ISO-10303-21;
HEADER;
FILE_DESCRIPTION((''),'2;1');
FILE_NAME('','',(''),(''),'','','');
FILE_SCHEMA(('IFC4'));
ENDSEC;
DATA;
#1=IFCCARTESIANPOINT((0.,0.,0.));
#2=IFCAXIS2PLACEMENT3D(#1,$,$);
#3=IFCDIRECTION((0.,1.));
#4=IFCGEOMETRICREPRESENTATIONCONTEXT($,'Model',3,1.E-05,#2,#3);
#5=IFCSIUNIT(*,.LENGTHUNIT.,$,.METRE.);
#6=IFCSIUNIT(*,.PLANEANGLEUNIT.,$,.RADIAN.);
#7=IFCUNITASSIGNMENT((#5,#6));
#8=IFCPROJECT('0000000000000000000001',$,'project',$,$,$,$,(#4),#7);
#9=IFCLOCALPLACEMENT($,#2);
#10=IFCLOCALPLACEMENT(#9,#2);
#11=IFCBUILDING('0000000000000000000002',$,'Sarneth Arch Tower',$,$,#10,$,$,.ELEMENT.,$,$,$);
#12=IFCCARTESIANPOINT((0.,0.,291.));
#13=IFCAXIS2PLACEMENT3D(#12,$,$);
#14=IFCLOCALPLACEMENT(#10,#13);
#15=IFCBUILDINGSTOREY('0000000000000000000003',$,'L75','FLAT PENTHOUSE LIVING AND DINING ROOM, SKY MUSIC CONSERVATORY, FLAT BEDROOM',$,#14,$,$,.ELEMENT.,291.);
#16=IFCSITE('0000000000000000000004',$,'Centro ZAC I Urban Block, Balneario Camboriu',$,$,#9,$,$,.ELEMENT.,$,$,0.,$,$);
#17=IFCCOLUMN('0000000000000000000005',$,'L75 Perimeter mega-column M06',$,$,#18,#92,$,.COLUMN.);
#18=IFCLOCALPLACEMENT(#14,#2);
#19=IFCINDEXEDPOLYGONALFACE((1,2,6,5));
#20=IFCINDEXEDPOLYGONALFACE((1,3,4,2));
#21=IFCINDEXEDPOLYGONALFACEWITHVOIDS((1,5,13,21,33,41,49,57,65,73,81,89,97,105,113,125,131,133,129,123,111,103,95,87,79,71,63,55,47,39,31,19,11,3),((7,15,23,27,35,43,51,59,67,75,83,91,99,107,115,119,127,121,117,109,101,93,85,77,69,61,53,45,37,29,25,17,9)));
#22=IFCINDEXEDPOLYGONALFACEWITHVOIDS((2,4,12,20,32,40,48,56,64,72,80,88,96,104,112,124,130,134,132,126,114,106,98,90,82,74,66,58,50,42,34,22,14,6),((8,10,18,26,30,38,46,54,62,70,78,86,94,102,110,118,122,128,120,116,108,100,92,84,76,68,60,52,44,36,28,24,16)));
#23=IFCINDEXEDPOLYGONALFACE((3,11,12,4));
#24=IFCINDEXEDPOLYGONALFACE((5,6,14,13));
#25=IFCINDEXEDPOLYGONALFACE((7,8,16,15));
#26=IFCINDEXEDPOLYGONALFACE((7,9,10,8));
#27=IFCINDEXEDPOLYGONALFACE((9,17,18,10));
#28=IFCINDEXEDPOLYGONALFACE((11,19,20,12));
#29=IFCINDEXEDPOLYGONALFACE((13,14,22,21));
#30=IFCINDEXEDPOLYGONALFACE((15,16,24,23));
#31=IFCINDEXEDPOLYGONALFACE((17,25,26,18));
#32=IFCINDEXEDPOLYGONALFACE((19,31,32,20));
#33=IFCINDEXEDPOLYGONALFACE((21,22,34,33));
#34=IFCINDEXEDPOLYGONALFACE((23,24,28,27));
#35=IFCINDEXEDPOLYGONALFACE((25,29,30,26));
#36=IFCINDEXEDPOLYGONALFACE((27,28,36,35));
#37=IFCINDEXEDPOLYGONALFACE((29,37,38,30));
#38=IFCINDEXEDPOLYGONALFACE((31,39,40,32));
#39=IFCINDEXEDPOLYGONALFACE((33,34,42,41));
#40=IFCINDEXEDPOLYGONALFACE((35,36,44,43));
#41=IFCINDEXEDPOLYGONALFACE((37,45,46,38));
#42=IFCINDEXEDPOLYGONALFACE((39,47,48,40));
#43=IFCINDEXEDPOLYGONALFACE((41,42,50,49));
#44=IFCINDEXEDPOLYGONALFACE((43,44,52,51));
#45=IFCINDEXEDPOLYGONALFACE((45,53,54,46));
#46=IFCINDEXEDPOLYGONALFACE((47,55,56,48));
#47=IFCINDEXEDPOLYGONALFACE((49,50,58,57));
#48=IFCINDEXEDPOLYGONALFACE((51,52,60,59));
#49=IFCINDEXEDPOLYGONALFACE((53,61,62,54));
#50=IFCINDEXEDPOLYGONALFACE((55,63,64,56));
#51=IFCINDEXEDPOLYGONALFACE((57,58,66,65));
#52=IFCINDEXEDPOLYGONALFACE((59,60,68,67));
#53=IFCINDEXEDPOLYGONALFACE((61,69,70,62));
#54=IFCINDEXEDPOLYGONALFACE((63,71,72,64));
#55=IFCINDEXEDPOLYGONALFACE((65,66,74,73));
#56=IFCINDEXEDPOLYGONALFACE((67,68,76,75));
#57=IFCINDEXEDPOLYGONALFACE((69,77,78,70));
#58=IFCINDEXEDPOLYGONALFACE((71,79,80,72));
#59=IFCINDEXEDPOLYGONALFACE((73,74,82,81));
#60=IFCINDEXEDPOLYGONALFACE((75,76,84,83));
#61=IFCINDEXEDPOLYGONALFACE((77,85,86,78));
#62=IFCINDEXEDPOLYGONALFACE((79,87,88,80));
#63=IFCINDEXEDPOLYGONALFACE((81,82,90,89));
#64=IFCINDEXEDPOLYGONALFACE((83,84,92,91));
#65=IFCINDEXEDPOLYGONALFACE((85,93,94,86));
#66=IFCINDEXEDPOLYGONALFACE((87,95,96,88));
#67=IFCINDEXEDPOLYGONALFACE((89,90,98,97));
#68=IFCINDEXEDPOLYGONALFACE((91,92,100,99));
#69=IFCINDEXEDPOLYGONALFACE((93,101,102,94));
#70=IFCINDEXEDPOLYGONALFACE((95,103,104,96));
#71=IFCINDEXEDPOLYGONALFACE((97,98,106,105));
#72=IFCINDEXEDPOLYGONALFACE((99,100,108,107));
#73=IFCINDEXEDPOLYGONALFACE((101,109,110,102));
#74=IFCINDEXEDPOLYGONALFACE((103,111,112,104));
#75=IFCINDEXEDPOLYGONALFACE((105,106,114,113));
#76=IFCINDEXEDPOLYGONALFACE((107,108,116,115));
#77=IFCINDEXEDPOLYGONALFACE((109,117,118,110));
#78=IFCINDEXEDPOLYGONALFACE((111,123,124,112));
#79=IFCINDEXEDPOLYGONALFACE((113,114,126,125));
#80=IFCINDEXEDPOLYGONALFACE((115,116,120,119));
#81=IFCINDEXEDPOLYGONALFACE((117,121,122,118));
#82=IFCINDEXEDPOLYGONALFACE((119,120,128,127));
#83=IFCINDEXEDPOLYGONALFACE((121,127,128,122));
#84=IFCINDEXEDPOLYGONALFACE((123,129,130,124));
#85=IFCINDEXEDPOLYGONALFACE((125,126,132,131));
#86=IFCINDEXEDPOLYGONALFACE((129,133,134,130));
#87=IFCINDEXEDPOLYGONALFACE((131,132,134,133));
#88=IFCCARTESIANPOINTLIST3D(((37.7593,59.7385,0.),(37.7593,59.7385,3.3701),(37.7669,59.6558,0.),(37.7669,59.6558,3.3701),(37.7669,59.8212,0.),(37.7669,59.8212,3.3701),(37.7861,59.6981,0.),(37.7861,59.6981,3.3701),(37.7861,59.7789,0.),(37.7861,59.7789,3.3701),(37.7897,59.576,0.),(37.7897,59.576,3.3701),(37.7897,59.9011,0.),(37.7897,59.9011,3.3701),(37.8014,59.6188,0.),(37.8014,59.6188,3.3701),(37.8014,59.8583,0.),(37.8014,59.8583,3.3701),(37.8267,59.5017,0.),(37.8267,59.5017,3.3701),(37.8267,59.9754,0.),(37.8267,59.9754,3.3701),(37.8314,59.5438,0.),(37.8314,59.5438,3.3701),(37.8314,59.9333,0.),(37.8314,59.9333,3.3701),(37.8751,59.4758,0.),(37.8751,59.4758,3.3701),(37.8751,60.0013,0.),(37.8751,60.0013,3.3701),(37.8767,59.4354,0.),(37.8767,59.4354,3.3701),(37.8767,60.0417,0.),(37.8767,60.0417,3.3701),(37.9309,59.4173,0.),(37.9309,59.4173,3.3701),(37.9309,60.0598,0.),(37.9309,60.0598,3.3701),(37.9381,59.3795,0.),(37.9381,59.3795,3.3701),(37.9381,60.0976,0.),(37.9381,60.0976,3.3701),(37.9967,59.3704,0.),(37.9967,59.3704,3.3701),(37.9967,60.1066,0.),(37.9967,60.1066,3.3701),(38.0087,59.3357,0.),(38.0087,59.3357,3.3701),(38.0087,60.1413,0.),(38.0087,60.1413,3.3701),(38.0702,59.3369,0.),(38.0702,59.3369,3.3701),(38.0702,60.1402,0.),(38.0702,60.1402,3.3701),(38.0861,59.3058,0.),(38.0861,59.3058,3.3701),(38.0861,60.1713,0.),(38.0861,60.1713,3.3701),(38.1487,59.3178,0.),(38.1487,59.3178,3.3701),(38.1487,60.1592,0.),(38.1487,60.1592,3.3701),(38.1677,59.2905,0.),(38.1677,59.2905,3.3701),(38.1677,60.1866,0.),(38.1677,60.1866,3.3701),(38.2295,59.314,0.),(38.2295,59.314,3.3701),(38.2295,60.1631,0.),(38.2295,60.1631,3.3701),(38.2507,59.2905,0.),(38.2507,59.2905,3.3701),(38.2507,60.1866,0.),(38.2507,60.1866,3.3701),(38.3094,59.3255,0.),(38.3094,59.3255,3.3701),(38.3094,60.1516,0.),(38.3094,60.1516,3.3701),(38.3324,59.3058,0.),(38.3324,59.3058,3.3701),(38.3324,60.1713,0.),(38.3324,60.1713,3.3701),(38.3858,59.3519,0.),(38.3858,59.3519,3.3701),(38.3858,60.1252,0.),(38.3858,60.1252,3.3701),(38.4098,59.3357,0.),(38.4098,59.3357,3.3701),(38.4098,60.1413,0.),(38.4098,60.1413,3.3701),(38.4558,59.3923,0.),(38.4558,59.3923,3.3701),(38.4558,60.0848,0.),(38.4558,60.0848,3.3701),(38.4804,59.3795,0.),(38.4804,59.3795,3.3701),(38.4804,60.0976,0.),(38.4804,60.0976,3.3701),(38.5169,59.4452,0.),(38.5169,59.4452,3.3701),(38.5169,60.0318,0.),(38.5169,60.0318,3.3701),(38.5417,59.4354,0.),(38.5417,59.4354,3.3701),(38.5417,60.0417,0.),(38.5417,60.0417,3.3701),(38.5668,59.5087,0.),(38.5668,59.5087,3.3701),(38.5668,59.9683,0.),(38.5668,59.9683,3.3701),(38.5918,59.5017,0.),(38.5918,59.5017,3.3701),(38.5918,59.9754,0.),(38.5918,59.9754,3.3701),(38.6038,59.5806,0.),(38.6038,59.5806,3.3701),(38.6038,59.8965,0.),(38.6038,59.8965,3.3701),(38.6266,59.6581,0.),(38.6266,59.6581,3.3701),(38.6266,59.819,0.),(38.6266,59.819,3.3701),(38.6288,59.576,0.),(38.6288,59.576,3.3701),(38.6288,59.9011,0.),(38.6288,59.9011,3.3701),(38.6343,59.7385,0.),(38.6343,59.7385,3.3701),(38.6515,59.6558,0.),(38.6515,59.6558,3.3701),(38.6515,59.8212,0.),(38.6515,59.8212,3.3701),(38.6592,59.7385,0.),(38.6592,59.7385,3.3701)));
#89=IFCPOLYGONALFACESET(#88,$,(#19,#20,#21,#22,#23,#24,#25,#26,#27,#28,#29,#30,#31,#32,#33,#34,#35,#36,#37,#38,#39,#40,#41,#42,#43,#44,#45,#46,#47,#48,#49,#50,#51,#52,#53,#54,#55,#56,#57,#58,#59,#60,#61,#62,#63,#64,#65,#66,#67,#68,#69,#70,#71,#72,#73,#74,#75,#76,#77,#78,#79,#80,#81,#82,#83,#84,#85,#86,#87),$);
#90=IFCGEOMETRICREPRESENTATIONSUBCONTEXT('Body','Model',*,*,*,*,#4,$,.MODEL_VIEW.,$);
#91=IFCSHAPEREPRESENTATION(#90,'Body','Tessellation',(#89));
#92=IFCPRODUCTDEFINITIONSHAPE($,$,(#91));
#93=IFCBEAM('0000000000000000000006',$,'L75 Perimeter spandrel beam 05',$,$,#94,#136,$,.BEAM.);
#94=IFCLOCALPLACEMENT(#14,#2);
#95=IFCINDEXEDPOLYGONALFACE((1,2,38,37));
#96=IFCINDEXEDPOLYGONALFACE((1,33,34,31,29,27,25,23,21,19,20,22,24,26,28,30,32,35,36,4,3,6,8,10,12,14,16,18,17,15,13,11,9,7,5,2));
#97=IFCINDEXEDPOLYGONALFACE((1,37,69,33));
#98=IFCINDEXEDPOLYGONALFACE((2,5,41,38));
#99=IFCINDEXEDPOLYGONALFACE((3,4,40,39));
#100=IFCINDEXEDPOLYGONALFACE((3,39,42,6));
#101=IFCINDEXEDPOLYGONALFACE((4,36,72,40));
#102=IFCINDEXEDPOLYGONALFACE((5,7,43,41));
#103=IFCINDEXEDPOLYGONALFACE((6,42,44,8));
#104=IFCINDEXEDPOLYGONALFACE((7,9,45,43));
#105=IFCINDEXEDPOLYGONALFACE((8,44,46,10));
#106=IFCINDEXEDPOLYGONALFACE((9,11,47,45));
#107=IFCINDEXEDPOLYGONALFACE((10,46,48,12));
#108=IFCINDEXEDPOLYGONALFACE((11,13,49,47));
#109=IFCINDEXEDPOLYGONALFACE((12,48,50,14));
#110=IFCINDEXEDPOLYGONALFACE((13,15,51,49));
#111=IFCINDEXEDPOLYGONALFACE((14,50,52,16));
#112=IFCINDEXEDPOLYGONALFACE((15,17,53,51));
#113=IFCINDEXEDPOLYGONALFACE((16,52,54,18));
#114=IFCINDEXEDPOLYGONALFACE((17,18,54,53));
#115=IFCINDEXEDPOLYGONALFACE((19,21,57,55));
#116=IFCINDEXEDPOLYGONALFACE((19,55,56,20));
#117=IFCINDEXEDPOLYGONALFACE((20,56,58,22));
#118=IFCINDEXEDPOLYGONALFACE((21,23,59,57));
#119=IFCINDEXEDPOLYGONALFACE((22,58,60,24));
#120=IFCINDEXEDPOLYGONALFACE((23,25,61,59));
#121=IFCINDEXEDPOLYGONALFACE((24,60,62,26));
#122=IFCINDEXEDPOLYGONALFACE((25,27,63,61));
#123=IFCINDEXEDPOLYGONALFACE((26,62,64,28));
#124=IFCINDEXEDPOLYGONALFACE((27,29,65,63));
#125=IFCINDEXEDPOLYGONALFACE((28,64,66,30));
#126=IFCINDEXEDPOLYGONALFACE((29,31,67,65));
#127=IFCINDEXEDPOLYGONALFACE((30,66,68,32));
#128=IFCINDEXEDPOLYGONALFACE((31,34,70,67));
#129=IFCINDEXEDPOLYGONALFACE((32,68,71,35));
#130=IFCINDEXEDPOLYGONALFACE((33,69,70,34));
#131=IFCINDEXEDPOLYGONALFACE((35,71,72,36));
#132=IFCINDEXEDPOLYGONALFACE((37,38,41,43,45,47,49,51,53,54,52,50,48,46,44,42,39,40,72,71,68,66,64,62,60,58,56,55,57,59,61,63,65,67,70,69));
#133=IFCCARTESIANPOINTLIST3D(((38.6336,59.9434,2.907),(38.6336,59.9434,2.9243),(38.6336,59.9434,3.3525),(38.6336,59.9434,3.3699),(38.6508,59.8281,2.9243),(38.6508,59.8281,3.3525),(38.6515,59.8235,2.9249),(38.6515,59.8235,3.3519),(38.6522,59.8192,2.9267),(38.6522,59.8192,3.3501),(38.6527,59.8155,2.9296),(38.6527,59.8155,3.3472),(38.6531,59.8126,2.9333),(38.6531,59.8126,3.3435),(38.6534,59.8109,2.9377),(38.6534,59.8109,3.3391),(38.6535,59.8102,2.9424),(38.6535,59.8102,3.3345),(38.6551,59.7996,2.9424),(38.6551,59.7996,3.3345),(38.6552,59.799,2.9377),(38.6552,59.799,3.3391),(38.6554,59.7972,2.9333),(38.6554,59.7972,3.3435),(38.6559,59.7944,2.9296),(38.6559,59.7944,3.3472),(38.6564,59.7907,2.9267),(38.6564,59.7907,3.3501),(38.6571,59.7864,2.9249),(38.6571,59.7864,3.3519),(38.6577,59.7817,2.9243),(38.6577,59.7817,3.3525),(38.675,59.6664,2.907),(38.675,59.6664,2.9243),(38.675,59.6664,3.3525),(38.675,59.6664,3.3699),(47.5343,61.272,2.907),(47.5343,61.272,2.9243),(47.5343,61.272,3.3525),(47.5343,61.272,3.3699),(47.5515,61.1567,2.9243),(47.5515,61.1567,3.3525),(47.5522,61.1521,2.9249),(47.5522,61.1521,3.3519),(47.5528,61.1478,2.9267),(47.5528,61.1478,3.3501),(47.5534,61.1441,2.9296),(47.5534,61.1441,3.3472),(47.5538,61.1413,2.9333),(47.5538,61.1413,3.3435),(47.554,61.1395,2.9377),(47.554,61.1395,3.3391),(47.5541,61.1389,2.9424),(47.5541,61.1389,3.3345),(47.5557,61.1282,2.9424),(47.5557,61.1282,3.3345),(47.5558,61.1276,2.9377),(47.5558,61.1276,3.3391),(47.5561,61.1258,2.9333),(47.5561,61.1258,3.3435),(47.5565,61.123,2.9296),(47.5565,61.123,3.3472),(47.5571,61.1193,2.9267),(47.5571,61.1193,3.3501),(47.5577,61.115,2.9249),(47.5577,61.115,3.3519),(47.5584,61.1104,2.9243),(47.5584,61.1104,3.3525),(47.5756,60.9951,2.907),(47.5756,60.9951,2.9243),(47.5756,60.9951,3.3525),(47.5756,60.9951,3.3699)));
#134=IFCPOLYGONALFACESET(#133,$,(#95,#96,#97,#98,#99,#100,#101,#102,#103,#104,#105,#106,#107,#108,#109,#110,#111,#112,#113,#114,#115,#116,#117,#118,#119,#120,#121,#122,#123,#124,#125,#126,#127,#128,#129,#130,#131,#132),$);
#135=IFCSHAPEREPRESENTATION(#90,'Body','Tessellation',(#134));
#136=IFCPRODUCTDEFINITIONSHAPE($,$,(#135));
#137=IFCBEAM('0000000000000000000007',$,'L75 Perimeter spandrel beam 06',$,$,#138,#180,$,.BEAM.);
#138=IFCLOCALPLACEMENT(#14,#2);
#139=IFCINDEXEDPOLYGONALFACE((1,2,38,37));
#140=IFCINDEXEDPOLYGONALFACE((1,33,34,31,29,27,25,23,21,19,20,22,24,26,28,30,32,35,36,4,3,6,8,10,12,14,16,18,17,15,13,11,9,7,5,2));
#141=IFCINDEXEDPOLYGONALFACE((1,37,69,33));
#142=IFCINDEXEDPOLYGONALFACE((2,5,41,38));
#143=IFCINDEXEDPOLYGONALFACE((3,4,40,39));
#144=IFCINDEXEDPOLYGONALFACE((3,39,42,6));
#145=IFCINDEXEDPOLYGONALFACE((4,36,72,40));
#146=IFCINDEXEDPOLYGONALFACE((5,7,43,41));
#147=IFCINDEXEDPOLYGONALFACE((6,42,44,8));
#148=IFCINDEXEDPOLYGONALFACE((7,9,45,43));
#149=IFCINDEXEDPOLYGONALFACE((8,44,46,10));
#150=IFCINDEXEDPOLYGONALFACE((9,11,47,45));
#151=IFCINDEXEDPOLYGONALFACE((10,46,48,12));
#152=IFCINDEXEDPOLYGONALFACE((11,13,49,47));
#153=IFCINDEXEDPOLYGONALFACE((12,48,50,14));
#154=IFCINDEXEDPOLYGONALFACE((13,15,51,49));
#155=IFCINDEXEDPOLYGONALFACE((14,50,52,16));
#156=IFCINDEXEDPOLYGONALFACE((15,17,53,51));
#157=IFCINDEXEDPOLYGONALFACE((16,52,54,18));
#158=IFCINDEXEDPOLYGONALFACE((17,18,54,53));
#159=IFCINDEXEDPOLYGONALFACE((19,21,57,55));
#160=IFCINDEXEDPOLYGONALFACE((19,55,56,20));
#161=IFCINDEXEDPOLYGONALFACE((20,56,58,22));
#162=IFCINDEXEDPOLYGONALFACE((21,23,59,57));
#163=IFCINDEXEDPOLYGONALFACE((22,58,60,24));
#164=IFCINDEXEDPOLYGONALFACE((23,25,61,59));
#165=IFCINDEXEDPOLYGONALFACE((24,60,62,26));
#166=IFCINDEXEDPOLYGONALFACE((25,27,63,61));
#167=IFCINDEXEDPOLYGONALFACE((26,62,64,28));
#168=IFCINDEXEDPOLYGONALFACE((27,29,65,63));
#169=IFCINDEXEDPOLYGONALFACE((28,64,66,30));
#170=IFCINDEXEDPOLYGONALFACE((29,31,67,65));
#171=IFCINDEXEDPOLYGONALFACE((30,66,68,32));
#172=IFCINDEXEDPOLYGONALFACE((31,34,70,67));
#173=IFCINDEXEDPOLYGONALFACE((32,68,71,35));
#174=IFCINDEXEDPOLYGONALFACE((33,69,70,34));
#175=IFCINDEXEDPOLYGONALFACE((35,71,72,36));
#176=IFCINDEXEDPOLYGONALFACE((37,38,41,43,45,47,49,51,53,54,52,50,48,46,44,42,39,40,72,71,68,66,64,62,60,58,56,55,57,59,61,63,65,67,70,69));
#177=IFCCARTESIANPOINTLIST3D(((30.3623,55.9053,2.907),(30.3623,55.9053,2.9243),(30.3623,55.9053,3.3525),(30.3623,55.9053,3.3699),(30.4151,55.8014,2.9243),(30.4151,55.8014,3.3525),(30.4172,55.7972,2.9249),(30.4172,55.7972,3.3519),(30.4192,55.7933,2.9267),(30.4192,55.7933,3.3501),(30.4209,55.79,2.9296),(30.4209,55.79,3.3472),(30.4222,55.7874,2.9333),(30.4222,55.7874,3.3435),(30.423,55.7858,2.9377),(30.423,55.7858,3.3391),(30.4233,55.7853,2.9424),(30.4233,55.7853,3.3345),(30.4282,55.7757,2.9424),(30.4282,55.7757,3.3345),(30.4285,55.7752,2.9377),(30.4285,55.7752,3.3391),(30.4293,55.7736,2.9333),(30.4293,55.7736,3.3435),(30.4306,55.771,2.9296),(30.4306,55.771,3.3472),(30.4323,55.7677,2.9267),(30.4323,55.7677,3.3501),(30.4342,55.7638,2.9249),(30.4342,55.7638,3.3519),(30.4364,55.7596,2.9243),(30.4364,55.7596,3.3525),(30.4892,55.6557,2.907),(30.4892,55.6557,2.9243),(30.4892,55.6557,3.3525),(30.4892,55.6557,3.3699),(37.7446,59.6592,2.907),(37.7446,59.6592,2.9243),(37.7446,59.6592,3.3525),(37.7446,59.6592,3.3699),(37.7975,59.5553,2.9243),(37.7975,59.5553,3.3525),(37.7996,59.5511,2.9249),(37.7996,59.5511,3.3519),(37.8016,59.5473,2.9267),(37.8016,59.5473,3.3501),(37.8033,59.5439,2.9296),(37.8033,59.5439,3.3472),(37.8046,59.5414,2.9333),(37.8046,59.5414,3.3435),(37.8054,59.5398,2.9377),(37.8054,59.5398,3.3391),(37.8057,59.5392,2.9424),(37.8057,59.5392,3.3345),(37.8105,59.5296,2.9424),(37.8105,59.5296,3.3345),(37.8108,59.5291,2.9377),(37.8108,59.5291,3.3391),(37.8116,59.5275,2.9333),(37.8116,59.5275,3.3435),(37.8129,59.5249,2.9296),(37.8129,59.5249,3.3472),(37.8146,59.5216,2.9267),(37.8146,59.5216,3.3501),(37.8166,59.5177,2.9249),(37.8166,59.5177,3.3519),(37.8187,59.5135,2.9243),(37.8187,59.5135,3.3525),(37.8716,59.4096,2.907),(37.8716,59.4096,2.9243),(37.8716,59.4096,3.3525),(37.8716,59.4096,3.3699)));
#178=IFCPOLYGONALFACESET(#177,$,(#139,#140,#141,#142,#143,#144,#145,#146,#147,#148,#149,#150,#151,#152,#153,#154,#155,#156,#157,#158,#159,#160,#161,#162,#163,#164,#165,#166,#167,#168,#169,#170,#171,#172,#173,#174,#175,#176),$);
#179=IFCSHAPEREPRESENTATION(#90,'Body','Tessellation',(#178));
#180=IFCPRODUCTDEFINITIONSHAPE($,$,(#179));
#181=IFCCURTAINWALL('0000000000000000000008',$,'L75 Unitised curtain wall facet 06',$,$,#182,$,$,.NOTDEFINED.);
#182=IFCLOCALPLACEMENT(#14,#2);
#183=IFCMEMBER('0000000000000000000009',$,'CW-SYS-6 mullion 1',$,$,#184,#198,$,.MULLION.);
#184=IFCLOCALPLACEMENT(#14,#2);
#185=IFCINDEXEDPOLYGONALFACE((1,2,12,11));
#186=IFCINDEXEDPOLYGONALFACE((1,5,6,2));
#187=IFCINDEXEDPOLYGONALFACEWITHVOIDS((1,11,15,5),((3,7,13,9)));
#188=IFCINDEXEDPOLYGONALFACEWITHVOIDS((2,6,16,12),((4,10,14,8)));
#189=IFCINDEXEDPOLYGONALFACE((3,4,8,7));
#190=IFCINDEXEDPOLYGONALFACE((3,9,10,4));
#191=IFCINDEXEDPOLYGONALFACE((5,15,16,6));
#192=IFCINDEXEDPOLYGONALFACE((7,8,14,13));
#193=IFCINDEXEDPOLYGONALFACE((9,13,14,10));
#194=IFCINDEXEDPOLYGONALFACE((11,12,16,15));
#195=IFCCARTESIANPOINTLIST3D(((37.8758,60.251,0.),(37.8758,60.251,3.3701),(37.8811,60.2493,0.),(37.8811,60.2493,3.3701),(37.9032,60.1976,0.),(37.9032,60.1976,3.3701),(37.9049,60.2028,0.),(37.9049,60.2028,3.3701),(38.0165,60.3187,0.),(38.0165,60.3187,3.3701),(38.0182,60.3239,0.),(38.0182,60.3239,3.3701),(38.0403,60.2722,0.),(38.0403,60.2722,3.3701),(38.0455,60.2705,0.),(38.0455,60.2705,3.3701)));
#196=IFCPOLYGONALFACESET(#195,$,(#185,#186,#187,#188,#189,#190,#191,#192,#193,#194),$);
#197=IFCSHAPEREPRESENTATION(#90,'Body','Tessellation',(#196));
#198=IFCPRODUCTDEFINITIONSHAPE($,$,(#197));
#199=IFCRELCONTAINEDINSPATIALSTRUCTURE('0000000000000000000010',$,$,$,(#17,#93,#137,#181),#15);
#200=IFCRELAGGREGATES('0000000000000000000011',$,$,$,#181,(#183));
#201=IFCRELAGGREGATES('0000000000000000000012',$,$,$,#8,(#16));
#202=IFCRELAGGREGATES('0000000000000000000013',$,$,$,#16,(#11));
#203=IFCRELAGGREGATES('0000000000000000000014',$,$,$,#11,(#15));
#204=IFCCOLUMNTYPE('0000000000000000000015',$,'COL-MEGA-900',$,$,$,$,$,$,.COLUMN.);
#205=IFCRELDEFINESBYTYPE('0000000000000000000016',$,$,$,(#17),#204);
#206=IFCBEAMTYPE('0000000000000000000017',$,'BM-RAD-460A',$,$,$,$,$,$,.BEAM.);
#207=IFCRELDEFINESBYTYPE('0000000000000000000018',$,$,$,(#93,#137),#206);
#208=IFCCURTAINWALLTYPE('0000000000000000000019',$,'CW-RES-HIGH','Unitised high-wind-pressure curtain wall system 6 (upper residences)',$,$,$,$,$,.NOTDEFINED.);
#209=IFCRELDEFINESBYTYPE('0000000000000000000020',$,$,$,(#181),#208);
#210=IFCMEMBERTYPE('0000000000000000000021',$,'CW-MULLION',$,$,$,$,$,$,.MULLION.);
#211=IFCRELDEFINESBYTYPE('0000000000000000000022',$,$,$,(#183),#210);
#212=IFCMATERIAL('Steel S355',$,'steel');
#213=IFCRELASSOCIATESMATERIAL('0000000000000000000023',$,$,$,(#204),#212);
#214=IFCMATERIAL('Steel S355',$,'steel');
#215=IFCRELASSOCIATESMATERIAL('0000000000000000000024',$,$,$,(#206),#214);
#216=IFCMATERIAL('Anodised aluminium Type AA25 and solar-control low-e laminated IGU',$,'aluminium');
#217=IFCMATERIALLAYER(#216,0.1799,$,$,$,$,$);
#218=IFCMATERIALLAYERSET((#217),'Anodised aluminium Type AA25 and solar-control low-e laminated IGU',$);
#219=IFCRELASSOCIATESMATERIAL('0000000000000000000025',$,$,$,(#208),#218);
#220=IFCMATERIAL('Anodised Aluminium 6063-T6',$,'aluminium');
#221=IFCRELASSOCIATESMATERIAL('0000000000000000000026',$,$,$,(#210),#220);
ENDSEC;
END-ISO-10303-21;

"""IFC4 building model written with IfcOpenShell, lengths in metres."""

from ifc_helpers import new_model, si_unit, direction, frame, origin, origin_2d, place, context, subcontext, project, spatial, hollow_rectangle, hollow_circle, i_section, extrude, material, layer, layer_set, material_profile, profile_set, type_object, element, aggregate, save


model = new_model("IFC4")

# Units and contexts
model_context = context("Model", 3, precision=1e-05, world=origin(), true_north=direction((0.0, 1.0)))
body_context = subcontext(model_context, "Body", "Model", "MODEL_VIEW")
ifc_project = project(units=[si_unit("LENGTHUNIT", "METRE"), si_unit("PLANEANGLEUNIT", "RADIAN")], contexts=[model_context])

# Site, building, storey
site_placement = place(None, origin())
site = spatial("IfcSite", under=ifc_project, at=site_placement, Name="Centro ZAC I Urban Block, Balneario Camboriu", CompositionType="ELEMENT", RefElevation=0.0)
building_placement = place(site_placement, origin())
building = spatial("IfcBuilding", under=site, at=building_placement, Name="Sarneth Arch Tower", CompositionType="ELEMENT")
storey_placement = place(building_placement, frame((0.0, 0.0, 291.0)))
storey = spatial("IfcBuildingStorey", under=building, at=storey_placement, Name="L75", Description="FLAT PENTHOUSE LIVING AND DINING ROOM, SKY MUSIC CONSERVATORY, FLAT BEDROOM", CompositionType="ELEMENT", Elevation=291.0)

# Column
ifc_material_1 = material(Name="Steel S355", Category="steel")
ifc_material_profile_1 = material_profile(ifc_material_1, hollow_circle(Radius=0.45, WallThickness=0.0249, at=origin_2d()), Name="CHS900x25")
ifc_profile_set_1 = profile_set([ifc_material_profile_1], Name="Steel S355")
column_type = type_object("IfcColumnType", Name="COL-MEGA-900", PredefinedType="COLUMN", material=ifc_profile_set_1)
column_placement = place(storey_placement, frame((38.2092, 59.7385, 0.0), z_axis=(0.0, 0.0, 1.0), x_axis=(1.0, 0.0, 0.0)))
element("IfcColumn", 1, at=column_placement, inside=storey, type_object=column_type, Name="L75 Perimeter mega-column M06", PredefinedType="COLUMN", context=body_context, shape_type="SweptSolid", body=[
    extrude(hollow_circle(Radius=0.45, WallThickness=0.0249, at=origin_2d()), origin(), (0.0, 0.0, 1.0), 3.3701),
])

# Beams
ifc_material_2 = material(Name="Steel S355", Category="steel")
ifc_material_profile_2 = material_profile(ifc_material_2, i_section(OverallWidth=0.28, OverallDepth=0.4629, WebThickness=0.0107, FlangeThickness=0.0173, FilletRadius=0.0181, at=origin_2d()), Name="W460x113")
ifc_profile_set_2 = profile_set([ifc_material_profile_2], Name="Steel S355")
beam_type = type_object("IfcBeamType", Name="BM-RAD-460A", PredefinedType="BEAM", material=ifc_profile_set_2)
beam_1_placement = place(storey_placement, frame((47.5549, 61.1335, 3.1384), z_axis=(-0.989042, -0.147636, 0.0), x_axis=(0.147636, -0.989042, 0.0)))
element("IfcBeam", 2, at=beam_1_placement, inside=storey, type_object=beam_type, Name="L75 Perimeter spandrel beam 05", PredefinedType="BEAM", context=body_context, shape_type="SweptSolid", body=[
    extrude(i_section(OverallWidth=0.28, OverallDepth=0.4629, WebThickness=0.0107, FlangeThickness=0.0173, FilletRadius=0.0181, at=origin_2d()), origin(), (0.0, 0.0, 1.0), 8.9993),
])
beam_2_placement = place(storey_placement, frame((37.8081, 59.5344, 3.1384), z_axis=(-0.891376, -0.453264, 0.0), x_axis=(0.453264, -0.891376, 0.0)))
element("IfcBeam", 3, at=beam_2_placement, inside=storey, type_object=beam_type, Name="L75 Perimeter spandrel beam 06", PredefinedType="BEAM", context=body_context, shape_type="SweptSolid", body=[
    extrude(i_section(OverallWidth=0.28, OverallDepth=0.4629, WebThickness=0.0107, FlangeThickness=0.0173, FilletRadius=0.0181, at=origin_2d()), origin(), (0.0, 0.0, 1.0), 8.282),
])

# Curtain wall, member
ifc_material_3 = material(Name="Anodised aluminium Type AA25 and solar-control low-e laminated IGU", Category="aluminium")
ifc_layer_1 = layer(ifc_material_3, 0.1799)
ifc_layer_set_1 = layer_set([ifc_layer_1], Name="Anodised aluminium Type AA25 and solar-control low-e laminated IGU")
curtain_wall_type = type_object("IfcCurtainWallType", Name="CW-RES-HIGH", Description="Unitised high-wind-pressure curtain wall system 6 (upper residences)", PredefinedType="NOTDEFINED", material=ifc_layer_set_1)
curtain_wall_placement = place(storey_placement, origin())
curtain_wall = element("IfcCurtainWall", 4, at=curtain_wall_placement, inside=storey, type_object=curtain_wall_type, Name="L75 Unitised curtain wall facet 06", PredefinedType="NOTDEFINED")
ifc_material_4 = material(Name="Anodised Aluminium 6063-T6", Category="aluminium")
ifc_material_profile_3 = material_profile(ifc_material_4, hollow_rectangle(XDim=0.0601, YDim=0.1599, WallThickness=0.0039, at=origin_2d()), Name="AL-MULL-160x60x4")
ifc_profile_set_3 = profile_set([ifc_material_profile_3], Name="Anodised Aluminium 6063-T6")
member_type_1 = type_object("IfcMemberType", Name="CW-MULLION", PredefinedType="MULLION", material=ifc_profile_set_3)
member_1_placement = place(storey_placement, frame((37.9607, 60.2607, 0.0), z_axis=(0.0, 0.0, 1.0), x_axis=(0.455942, -0.89001, 0.0)))
member_1 = element("IfcMember", 5, at=member_1_placement, type_object=member_type_1, Name="CW-SYS-6 mullion 1", PredefinedType="MULLION", context=body_context, shape_type="SweptSolid", body=[
    extrude(hollow_rectangle(XDim=0.0601, YDim=0.1599, WallThickness=0.0039, at=origin_2d()), origin(), (0.0, 0.0, 1.0), 3.3701),
])
aggregate(curtain_wall, [member_1])

save(model, "model.ifc")
